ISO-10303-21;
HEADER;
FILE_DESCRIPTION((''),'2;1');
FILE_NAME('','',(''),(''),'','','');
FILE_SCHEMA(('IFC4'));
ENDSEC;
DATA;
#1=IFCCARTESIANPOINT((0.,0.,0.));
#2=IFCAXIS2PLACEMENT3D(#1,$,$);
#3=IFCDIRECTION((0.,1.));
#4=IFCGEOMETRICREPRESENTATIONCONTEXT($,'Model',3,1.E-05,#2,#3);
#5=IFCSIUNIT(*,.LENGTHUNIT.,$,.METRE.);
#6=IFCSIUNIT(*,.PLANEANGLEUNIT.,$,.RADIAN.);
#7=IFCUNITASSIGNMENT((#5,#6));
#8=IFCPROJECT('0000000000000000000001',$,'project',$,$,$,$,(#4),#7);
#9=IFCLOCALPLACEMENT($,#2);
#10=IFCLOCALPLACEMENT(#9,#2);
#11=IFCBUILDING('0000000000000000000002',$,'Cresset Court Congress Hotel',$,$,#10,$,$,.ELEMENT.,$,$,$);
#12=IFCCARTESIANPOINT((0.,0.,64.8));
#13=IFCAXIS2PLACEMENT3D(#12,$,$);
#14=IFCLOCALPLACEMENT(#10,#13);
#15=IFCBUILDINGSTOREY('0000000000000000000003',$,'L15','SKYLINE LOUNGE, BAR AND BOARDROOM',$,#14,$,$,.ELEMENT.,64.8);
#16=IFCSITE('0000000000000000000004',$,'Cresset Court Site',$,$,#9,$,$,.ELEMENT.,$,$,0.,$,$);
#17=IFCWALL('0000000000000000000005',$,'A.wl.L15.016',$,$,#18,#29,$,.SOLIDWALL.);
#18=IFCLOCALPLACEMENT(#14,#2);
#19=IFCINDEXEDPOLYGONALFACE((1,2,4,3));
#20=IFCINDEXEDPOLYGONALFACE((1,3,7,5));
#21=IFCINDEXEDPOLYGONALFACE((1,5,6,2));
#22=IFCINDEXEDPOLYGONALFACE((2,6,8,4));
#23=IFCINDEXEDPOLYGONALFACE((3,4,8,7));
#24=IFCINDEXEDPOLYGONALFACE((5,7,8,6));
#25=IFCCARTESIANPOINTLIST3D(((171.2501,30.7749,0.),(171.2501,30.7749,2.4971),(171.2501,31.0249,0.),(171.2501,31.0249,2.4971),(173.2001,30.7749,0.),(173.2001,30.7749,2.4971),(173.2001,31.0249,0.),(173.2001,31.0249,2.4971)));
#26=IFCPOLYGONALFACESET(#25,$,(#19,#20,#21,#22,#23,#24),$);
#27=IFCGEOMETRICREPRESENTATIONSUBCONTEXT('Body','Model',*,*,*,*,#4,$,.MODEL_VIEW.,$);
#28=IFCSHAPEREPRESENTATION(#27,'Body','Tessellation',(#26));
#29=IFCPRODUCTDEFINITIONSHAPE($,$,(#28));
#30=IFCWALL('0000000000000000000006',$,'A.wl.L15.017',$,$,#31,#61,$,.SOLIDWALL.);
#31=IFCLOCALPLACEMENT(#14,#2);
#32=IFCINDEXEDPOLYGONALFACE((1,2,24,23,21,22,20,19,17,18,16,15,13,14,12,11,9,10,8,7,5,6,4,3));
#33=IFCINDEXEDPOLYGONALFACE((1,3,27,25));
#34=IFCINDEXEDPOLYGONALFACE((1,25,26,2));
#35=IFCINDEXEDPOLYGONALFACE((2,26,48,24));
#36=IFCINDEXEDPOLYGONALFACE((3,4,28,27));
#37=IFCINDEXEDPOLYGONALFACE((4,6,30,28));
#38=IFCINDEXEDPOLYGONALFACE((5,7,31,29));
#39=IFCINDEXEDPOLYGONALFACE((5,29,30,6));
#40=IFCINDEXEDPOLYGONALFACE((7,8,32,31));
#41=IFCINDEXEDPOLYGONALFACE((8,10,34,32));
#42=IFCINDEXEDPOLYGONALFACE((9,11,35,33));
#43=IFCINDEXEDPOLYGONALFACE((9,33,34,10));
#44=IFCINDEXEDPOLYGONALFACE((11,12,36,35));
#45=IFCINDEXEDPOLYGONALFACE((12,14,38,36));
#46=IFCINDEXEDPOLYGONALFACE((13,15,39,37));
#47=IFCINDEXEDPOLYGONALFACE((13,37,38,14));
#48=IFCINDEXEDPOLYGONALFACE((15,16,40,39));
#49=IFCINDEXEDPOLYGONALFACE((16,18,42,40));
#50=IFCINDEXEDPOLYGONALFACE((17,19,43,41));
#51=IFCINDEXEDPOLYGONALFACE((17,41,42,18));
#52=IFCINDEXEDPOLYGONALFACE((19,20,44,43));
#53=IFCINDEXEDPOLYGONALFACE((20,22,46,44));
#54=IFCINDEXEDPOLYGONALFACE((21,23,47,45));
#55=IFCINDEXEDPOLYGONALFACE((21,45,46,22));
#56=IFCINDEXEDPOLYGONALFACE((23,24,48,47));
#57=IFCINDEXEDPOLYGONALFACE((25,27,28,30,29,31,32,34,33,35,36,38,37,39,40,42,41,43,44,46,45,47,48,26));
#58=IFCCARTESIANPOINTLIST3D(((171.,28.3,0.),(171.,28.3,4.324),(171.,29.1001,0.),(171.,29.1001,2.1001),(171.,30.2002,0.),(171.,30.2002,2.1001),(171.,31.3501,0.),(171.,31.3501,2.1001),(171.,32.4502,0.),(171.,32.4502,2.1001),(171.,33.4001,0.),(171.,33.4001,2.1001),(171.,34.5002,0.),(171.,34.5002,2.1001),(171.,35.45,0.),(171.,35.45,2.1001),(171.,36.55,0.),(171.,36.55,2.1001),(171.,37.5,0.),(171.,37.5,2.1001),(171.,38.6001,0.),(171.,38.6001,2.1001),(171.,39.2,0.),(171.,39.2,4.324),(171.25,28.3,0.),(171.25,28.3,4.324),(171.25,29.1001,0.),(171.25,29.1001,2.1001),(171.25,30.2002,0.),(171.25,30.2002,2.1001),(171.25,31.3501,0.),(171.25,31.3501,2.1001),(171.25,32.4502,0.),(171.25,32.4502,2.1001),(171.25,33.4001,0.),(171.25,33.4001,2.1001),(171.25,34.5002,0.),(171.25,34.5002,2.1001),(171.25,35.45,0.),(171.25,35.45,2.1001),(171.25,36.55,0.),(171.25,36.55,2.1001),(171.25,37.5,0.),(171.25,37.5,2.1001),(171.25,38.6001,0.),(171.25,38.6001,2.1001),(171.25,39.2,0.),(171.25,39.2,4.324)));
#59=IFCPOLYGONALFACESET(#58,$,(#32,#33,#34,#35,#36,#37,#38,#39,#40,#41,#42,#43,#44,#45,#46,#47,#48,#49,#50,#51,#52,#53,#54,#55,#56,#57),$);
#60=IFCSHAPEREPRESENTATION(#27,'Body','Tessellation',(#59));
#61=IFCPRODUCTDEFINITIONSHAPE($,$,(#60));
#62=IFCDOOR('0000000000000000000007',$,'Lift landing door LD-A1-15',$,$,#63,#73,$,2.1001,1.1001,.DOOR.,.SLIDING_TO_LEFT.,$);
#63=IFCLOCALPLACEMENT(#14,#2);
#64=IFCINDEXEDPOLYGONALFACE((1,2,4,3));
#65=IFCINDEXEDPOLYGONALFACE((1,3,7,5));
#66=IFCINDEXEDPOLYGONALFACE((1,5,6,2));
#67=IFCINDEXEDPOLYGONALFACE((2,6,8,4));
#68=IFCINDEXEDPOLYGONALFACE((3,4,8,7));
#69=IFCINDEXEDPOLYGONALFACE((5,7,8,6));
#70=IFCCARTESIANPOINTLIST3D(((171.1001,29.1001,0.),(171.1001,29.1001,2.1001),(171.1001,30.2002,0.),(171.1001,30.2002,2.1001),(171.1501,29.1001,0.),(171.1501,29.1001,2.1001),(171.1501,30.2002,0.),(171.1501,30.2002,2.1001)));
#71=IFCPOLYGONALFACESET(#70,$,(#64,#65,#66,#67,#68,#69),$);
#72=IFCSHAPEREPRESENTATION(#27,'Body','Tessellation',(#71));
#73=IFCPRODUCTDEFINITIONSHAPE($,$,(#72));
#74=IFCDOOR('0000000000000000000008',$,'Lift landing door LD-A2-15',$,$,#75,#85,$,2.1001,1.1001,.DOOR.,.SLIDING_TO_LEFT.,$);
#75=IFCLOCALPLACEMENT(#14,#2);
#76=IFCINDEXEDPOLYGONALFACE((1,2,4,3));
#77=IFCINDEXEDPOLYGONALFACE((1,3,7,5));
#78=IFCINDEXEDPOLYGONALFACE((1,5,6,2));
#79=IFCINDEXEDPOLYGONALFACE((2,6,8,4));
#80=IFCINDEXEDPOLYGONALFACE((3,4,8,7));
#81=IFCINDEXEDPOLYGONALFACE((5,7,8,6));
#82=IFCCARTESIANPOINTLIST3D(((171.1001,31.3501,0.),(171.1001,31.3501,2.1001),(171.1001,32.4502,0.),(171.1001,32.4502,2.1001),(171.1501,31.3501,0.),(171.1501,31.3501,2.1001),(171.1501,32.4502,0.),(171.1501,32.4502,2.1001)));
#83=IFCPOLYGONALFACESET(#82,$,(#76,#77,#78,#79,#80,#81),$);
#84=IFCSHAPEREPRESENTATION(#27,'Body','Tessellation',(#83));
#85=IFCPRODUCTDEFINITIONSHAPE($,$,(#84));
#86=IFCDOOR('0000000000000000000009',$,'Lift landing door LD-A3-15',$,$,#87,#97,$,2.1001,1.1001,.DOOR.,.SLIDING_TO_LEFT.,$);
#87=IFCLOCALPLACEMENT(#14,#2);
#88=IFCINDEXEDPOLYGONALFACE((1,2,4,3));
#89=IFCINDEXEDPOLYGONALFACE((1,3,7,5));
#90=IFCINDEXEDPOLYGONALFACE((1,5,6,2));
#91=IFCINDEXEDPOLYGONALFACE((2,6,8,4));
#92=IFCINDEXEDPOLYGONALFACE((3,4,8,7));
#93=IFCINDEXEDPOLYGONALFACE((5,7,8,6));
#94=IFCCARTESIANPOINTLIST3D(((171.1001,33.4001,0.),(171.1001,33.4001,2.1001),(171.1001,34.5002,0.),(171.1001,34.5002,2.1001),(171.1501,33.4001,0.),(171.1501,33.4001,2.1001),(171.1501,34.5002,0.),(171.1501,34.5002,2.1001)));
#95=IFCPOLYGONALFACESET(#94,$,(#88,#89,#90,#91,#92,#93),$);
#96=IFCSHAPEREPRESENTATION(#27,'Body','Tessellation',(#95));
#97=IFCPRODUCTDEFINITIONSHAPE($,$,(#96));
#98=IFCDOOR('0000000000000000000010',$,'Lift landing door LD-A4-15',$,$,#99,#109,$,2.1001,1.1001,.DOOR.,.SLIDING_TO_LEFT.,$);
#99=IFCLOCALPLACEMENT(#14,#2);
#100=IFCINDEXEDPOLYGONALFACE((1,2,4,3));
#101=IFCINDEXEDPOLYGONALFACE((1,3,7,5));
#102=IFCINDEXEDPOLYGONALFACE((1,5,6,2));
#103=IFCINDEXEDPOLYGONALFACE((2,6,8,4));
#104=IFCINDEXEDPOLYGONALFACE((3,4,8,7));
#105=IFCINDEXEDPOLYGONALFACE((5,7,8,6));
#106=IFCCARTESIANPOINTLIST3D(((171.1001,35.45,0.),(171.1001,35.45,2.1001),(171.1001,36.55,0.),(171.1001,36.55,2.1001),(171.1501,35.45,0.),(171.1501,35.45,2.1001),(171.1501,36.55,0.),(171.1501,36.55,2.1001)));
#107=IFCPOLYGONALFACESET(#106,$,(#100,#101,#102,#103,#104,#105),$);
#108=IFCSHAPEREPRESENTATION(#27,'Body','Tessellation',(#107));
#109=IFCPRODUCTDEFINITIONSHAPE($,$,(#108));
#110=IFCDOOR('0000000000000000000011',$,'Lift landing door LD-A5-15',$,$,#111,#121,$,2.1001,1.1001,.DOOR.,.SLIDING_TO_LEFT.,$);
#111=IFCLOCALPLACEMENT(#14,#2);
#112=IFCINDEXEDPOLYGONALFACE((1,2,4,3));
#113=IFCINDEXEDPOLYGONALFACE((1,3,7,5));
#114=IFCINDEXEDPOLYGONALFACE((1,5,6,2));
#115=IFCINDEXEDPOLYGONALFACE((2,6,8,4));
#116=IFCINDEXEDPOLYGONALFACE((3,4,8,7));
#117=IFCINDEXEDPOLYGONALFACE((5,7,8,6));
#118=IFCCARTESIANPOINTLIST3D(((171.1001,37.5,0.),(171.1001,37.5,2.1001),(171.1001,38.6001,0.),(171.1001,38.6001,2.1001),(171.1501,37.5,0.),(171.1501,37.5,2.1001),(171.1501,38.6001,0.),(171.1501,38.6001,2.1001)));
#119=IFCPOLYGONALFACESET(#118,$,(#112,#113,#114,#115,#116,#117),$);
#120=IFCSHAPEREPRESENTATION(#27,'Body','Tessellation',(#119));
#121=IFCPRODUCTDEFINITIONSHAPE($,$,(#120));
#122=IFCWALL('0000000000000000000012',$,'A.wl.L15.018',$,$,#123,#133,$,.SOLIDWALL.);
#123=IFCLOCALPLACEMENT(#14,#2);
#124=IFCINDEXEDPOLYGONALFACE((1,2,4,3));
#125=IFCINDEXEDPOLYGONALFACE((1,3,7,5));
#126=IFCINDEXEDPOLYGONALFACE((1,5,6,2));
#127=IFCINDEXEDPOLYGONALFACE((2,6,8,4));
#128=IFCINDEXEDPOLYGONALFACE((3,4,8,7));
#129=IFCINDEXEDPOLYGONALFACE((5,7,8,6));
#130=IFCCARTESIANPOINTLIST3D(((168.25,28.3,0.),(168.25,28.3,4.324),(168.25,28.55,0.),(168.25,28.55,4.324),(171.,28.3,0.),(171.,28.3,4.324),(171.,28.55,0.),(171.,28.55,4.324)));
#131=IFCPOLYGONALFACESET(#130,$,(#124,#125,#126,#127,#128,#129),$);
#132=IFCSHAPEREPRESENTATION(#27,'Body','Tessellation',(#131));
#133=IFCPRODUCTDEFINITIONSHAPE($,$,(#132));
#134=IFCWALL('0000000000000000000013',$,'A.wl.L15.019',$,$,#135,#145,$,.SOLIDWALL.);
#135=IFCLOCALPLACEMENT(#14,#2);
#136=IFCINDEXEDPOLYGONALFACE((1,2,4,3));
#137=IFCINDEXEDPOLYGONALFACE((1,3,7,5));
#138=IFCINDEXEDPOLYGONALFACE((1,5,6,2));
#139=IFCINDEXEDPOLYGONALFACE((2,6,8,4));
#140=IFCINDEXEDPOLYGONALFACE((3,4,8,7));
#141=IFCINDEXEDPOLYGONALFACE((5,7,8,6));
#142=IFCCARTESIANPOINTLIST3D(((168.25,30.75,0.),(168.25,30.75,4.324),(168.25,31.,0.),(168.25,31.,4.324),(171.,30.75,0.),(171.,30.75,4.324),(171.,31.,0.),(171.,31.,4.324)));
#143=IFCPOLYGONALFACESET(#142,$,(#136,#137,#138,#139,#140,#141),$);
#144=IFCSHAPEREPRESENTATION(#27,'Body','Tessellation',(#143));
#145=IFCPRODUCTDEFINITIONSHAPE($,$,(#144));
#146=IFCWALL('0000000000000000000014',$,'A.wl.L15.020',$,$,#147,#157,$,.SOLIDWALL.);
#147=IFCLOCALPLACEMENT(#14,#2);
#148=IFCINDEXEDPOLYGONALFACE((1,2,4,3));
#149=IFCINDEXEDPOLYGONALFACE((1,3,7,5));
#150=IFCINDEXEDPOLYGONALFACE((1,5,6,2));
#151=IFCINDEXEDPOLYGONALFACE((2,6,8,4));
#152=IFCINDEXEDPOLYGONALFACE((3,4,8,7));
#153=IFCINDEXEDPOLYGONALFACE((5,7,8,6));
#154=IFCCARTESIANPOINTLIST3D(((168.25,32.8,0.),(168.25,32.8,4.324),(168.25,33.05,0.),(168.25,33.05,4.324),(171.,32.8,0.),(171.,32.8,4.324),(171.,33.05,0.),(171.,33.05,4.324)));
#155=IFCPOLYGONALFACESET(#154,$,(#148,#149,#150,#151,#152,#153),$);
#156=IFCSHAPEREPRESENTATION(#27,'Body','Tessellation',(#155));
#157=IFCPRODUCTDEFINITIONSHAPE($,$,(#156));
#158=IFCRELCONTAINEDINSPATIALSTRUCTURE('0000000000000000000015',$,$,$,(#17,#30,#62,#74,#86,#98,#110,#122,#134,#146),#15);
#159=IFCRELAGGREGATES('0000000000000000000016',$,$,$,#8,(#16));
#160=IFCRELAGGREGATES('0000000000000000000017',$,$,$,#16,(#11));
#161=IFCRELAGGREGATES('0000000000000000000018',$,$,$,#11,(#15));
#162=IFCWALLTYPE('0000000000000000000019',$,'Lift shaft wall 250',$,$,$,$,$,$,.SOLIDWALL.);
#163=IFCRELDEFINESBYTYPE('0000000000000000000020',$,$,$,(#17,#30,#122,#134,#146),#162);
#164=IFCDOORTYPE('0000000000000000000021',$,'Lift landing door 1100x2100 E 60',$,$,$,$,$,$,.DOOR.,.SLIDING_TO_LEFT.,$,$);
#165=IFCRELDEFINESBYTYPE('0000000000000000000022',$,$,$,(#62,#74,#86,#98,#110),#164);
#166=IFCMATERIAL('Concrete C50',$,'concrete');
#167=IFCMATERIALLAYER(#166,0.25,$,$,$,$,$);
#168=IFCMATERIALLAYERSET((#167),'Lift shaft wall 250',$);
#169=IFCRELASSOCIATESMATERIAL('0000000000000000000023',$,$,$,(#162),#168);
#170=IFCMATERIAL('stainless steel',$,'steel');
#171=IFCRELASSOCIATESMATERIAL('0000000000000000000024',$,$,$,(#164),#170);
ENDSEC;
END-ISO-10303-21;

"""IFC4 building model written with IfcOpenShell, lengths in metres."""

from ifc_helpers import new_model, si_unit, direction, frame, frame_2d, origin, place, context, subcontext, project, spatial, rectangle, extrude, material, layer, layer_set, type_object, element, fill, save


model = new_model("IFC4")

# Units and contexts
model_context = context("Model", 3, precision=1e-05, world=origin(), true_north=direction((0.0, 1.0)))
body_context = subcontext(model_context, "Body", "Model", "MODEL_VIEW")
ifc_project = project(units=[si_unit("LENGTHUNIT", "METRE"), si_unit("PLANEANGLEUNIT", "RADIAN")], contexts=[model_context])

# Site, building, storey
site_placement = place(None, origin())
site = spatial("IfcSite", under=ifc_project, at=site_placement, Name="Cresset Court Site", CompositionType="ELEMENT", RefElevation=0.0)
building_placement = place(site_placement, origin())
building = spatial("IfcBuilding", under=site, at=building_placement, Name="Cresset Court Congress Hotel", CompositionType="ELEMENT")
storey_placement = place(building_placement, frame((0.0, 0.0, 64.8)))
storey = spatial("IfcBuildingStorey", under=building, at=storey_placement, Name="L15", Description="SKYLINE LOUNGE, BAR AND BOARDROOM", CompositionType="ELEMENT", Elevation=64.8)

# Wall
ifc_material_1 = material(Name="Concrete C50", Category="concrete")
ifc_layer_1 = layer(ifc_material_1, 0.25)
ifc_layer_set_1 = layer_set([ifc_layer_1], Name="Lift shaft wall 250")
wall_type_1 = type_object("IfcWallType", Name="Lift shaft wall 250", PredefinedType="SOLIDWALL", material=ifc_layer_set_1)
wall_1_placement = place(storey_placement, frame((171.25, 30.8999, 0.0), z_axis=(0.0, 0.0, 1.0), x_axis=(1.0, 0.0, 0.0)))
element("IfcWall", 1, at=wall_1_placement, inside=storey, type_object=wall_type_1, Name="A.wl.L15.016", PredefinedType="SOLIDWALL", context=body_context, shape_type="SweptSolid", body=[
    extrude(rectangle(XDim=1.95, YDim=0.25, at=frame_2d((0.9751, 0.0))), origin(), (0.0, 0.0, 1.0), 2.4971),
])

# Wall, openings, doors
wall_2_placement = place(storey_placement, frame((171.125, 28.3, 0.0), z_axis=(0.0, 0.0, 1.0), x_axis=(0.0, 1.0, 0.0)))
wall_2 = element("IfcWall", 2, at=wall_2_placement, inside=storey, type_object=wall_type_1, Name="A.wl.L15.017", PredefinedType="SOLIDWALL", context=body_context, shape_type="SweptSolid", body=[
    extrude(rectangle(XDim=10.8999, YDim=0.25, at=frame_2d((5.45, 0.0))), origin(), (0.0, 0.0, 1.0), 4.324),
])
opening_1_placement = place(wall_2_placement, frame((0.8, 0.0, 0.0)))
opening_1 = element("IfcOpeningElement", 3, at=opening_1_placement, cuts=wall_2, PredefinedType="OPENING", context=body_context, shape_type="SweptSolid", body=[
    extrude(rectangle(XDim=1.1001, YDim=2.1001, at=frame_2d((0.55, 1.05))), frame((0.0, 0.135, 0.0), z_axis=(0.0, -1.0, 0.0), x_axis=(1.0, 0.0, 0.0)), (0.0, 0.0, 1.0), 0.27),
])
opening_2_placement = place(wall_2_placement, frame((3.05, 0.0, 0.0)))
opening_2 = element("IfcOpeningElement", 4, at=opening_2_placement, cuts=wall_2, PredefinedType="OPENING", context=body_context, shape_type="SweptSolid", body=[
    extrude(rectangle(XDim=1.1001, YDim=2.1001, at=frame_2d((0.55, 1.05))), frame((0.0, 0.135, 0.0), z_axis=(0.0, -1.0, 0.0), x_axis=(1.0, 0.0, 0.0)), (0.0, 0.0, 1.0), 0.27),
])
opening_3_placement = place(wall_2_placement, frame((5.1001, 0.0, 0.0)))
opening_3 = element("IfcOpeningElement", 5, at=opening_3_placement, cuts=wall_2, PredefinedType="OPENING", context=body_context, shape_type="SweptSolid", body=[
    extrude(rectangle(XDim=1.1001, YDim=2.1001, at=frame_2d((0.55, 1.05))), frame((0.0, 0.135, 0.0), z_axis=(0.0, -1.0, 0.0), x_axis=(1.0, 0.0, 0.0)), (0.0, 0.0, 1.0), 0.27),
])
opening_4_placement = place(wall_2_placement, frame((7.1499, 0.0, 0.0)))
opening_4 = element("IfcOpeningElement", 6, at=opening_4_placement, cuts=wall_2, PredefinedType="OPENING", context=body_context, shape_type="SweptSolid", body=[
    extrude(rectangle(XDim=1.1001, YDim=2.1001, at=frame_2d((0.55, 1.05))), frame((0.0, 0.135, 0.0), z_axis=(0.0, -1.0, 0.0), x_axis=(1.0, 0.0, 0.0)), (0.0, 0.0, 1.0), 0.27),
])
opening_5_placement = place(wall_2_placement, frame((9.2, 0.0, 0.0)))
opening_5 = element("IfcOpeningElement", 7, at=opening_5_placement, cuts=wall_2, PredefinedType="OPENING", context=body_context, shape_type="SweptSolid", body=[
    extrude(rectangle(XDim=1.1001, YDim=2.1001, at=frame_2d((0.55, 1.05))), frame((0.0, 0.135, 0.0), z_axis=(0.0, -1.0, 0.0), x_axis=(1.0, 0.0, 0.0)), (0.0, 0.0, 1.0), 0.27),
])
ifc_material_2 = material(Name="stainless steel", Category="steel")
door_type_1 = type_object("IfcDoorType", Name="Lift landing door 1100x2100 E 60", OperationType="SLIDING_TO_LEFT", PredefinedType="DOOR", material=ifc_material_2)
door_1_placement = place(opening_1_placement, origin())
door_1 = element("IfcDoor", 8, at=door_1_placement, inside=storey, type_object=door_type_1, Name="Lift landing door LD-A1-15", OperationType="SLIDING_TO_LEFT", OverallHeight=2.1001, OverallWidth=1.1001, PredefinedType="DOOR", context=body_context, shape_type="SweptSolid", body=[
    extrude(rectangle(XDim=1.1001, YDim=2.1001, at=frame_2d((0.55, 1.05))), frame((0.0, 0.0249, 0.0), z_axis=(0.0, -1.0, 0.0), x_axis=(1.0, 0.0, 0.0)), (0.0, 0.0, 1.0), 0.05),
])
fill(opening_1, door_1)
door_2_placement = place(opening_2_placement, origin())
door_2 = element("IfcDoor", 9, at=door_2_placement, inside=storey, type_object=door_type_1, Name="Lift landing door LD-A2-15", OperationType="SLIDING_TO_LEFT", OverallHeight=2.1001, OverallWidth=1.1001, PredefinedType="DOOR", context=body_context, shape_type="SweptSolid", body=[
    extrude(rectangle(XDim=1.1001, YDim=2.1001, at=frame_2d((0.55, 1.05))), frame((0.0, 0.0249, 0.0), z_axis=(0.0, -1.0, 0.0), x_axis=(1.0, 0.0, 0.0)), (0.0, 0.0, 1.0), 0.05),
])
fill(opening_2, door_2)
door_3_placement = place(opening_3_placement, origin())
door_3 = element("IfcDoor", 10, at=door_3_placement, inside=storey, type_object=door_type_1, Name="Lift landing door LD-A3-15", OperationType="SLIDING_TO_LEFT", OverallHeight=2.1001, OverallWidth=1.1001, PredefinedType="DOOR", context=body_context, shape_type="SweptSolid", body=[
    extrude(rectangle(XDim=1.1001, YDim=2.1001, at=frame_2d((0.55, 1.05))), frame((0.0, 0.0249, 0.0), z_axis=(0.0, -1.0, 0.0), x_axis=(1.0, 0.0, 0.0)), (0.0, 0.0, 1.0), 0.05),
])
fill(opening_3, door_3)
door_4_placement = place(opening_4_placement, origin())
door_4 = element("IfcDoor", 11, at=door_4_placement, inside=storey, type_object=door_type_1, Name="Lift landing door LD-A4-15", OperationType="SLIDING_TO_LEFT", OverallHeight=2.1001, OverallWidth=1.1001, PredefinedType="DOOR", context=body_context, shape_type="SweptSolid", body=[
    extrude(rectangle(XDim=1.1001, YDim=2.1001, at=frame_2d((0.55, 1.05))), frame((0.0, 0.0249, 0.0), z_axis=(0.0, -1.0, 0.0), x_axis=(1.0, 0.0, 0.0)), (0.0, 0.0, 1.0), 0.05),
])
fill(opening_4, door_4)
door_5_placement = place(opening_5_placement, origin())
door_5 = element("IfcDoor", 12, at=door_5_placement, inside=storey, type_object=door_type_1, Name="Lift landing door LD-A5-15", OperationType="SLIDING_TO_LEFT", OverallHeight=2.1001, OverallWidth=1.1001, PredefinedType="DOOR", context=body_context, shape_type="SweptSolid", body=[
    extrude(rectangle(XDim=1.1001, YDim=2.1001, at=frame_2d((0.55, 1.05))), frame((0.0, 0.0249, 0.0), z_axis=(0.0, -1.0, 0.0), x_axis=(1.0, 0.0, 0.0)), (0.0, 0.0, 1.0), 0.05),
])
fill(opening_5, door_5)

# Walls
for number, where, z_axis, x_axis, name in (
    (13, (168.25, 28.425, 0.0), (0.0, 0.0, 1.0), (1.0, 0.0, 0.0), "A.wl.L15.018"),
    (14, (168.25, 30.875, 0.0), (0.0, 0.0, 1.0), (1.0, 0.0, 0.0), "A.wl.L15.019"),
    (15, (168.25, 32.925, 0.0), (0.0, 0.0, 1.0), (1.0, 0.0, 0.0), "A.wl.L15.020"),
):
    element("IfcWall", number, at=place(storey_placement, frame(where, z_axis=z_axis, x_axis=x_axis)), inside=storey, type_object=wall_type_1, Name=name, PredefinedType="SOLIDWALL", context=body_context, shape_type="SweptSolid", body=[
        extrude(rectangle(XDim=2.75, YDim=0.25, at=frame_2d((1.375, 0.0))), origin(), (0.0, 0.0, 1.0), 4.324),
    ])

save(model, "model.ifc")
